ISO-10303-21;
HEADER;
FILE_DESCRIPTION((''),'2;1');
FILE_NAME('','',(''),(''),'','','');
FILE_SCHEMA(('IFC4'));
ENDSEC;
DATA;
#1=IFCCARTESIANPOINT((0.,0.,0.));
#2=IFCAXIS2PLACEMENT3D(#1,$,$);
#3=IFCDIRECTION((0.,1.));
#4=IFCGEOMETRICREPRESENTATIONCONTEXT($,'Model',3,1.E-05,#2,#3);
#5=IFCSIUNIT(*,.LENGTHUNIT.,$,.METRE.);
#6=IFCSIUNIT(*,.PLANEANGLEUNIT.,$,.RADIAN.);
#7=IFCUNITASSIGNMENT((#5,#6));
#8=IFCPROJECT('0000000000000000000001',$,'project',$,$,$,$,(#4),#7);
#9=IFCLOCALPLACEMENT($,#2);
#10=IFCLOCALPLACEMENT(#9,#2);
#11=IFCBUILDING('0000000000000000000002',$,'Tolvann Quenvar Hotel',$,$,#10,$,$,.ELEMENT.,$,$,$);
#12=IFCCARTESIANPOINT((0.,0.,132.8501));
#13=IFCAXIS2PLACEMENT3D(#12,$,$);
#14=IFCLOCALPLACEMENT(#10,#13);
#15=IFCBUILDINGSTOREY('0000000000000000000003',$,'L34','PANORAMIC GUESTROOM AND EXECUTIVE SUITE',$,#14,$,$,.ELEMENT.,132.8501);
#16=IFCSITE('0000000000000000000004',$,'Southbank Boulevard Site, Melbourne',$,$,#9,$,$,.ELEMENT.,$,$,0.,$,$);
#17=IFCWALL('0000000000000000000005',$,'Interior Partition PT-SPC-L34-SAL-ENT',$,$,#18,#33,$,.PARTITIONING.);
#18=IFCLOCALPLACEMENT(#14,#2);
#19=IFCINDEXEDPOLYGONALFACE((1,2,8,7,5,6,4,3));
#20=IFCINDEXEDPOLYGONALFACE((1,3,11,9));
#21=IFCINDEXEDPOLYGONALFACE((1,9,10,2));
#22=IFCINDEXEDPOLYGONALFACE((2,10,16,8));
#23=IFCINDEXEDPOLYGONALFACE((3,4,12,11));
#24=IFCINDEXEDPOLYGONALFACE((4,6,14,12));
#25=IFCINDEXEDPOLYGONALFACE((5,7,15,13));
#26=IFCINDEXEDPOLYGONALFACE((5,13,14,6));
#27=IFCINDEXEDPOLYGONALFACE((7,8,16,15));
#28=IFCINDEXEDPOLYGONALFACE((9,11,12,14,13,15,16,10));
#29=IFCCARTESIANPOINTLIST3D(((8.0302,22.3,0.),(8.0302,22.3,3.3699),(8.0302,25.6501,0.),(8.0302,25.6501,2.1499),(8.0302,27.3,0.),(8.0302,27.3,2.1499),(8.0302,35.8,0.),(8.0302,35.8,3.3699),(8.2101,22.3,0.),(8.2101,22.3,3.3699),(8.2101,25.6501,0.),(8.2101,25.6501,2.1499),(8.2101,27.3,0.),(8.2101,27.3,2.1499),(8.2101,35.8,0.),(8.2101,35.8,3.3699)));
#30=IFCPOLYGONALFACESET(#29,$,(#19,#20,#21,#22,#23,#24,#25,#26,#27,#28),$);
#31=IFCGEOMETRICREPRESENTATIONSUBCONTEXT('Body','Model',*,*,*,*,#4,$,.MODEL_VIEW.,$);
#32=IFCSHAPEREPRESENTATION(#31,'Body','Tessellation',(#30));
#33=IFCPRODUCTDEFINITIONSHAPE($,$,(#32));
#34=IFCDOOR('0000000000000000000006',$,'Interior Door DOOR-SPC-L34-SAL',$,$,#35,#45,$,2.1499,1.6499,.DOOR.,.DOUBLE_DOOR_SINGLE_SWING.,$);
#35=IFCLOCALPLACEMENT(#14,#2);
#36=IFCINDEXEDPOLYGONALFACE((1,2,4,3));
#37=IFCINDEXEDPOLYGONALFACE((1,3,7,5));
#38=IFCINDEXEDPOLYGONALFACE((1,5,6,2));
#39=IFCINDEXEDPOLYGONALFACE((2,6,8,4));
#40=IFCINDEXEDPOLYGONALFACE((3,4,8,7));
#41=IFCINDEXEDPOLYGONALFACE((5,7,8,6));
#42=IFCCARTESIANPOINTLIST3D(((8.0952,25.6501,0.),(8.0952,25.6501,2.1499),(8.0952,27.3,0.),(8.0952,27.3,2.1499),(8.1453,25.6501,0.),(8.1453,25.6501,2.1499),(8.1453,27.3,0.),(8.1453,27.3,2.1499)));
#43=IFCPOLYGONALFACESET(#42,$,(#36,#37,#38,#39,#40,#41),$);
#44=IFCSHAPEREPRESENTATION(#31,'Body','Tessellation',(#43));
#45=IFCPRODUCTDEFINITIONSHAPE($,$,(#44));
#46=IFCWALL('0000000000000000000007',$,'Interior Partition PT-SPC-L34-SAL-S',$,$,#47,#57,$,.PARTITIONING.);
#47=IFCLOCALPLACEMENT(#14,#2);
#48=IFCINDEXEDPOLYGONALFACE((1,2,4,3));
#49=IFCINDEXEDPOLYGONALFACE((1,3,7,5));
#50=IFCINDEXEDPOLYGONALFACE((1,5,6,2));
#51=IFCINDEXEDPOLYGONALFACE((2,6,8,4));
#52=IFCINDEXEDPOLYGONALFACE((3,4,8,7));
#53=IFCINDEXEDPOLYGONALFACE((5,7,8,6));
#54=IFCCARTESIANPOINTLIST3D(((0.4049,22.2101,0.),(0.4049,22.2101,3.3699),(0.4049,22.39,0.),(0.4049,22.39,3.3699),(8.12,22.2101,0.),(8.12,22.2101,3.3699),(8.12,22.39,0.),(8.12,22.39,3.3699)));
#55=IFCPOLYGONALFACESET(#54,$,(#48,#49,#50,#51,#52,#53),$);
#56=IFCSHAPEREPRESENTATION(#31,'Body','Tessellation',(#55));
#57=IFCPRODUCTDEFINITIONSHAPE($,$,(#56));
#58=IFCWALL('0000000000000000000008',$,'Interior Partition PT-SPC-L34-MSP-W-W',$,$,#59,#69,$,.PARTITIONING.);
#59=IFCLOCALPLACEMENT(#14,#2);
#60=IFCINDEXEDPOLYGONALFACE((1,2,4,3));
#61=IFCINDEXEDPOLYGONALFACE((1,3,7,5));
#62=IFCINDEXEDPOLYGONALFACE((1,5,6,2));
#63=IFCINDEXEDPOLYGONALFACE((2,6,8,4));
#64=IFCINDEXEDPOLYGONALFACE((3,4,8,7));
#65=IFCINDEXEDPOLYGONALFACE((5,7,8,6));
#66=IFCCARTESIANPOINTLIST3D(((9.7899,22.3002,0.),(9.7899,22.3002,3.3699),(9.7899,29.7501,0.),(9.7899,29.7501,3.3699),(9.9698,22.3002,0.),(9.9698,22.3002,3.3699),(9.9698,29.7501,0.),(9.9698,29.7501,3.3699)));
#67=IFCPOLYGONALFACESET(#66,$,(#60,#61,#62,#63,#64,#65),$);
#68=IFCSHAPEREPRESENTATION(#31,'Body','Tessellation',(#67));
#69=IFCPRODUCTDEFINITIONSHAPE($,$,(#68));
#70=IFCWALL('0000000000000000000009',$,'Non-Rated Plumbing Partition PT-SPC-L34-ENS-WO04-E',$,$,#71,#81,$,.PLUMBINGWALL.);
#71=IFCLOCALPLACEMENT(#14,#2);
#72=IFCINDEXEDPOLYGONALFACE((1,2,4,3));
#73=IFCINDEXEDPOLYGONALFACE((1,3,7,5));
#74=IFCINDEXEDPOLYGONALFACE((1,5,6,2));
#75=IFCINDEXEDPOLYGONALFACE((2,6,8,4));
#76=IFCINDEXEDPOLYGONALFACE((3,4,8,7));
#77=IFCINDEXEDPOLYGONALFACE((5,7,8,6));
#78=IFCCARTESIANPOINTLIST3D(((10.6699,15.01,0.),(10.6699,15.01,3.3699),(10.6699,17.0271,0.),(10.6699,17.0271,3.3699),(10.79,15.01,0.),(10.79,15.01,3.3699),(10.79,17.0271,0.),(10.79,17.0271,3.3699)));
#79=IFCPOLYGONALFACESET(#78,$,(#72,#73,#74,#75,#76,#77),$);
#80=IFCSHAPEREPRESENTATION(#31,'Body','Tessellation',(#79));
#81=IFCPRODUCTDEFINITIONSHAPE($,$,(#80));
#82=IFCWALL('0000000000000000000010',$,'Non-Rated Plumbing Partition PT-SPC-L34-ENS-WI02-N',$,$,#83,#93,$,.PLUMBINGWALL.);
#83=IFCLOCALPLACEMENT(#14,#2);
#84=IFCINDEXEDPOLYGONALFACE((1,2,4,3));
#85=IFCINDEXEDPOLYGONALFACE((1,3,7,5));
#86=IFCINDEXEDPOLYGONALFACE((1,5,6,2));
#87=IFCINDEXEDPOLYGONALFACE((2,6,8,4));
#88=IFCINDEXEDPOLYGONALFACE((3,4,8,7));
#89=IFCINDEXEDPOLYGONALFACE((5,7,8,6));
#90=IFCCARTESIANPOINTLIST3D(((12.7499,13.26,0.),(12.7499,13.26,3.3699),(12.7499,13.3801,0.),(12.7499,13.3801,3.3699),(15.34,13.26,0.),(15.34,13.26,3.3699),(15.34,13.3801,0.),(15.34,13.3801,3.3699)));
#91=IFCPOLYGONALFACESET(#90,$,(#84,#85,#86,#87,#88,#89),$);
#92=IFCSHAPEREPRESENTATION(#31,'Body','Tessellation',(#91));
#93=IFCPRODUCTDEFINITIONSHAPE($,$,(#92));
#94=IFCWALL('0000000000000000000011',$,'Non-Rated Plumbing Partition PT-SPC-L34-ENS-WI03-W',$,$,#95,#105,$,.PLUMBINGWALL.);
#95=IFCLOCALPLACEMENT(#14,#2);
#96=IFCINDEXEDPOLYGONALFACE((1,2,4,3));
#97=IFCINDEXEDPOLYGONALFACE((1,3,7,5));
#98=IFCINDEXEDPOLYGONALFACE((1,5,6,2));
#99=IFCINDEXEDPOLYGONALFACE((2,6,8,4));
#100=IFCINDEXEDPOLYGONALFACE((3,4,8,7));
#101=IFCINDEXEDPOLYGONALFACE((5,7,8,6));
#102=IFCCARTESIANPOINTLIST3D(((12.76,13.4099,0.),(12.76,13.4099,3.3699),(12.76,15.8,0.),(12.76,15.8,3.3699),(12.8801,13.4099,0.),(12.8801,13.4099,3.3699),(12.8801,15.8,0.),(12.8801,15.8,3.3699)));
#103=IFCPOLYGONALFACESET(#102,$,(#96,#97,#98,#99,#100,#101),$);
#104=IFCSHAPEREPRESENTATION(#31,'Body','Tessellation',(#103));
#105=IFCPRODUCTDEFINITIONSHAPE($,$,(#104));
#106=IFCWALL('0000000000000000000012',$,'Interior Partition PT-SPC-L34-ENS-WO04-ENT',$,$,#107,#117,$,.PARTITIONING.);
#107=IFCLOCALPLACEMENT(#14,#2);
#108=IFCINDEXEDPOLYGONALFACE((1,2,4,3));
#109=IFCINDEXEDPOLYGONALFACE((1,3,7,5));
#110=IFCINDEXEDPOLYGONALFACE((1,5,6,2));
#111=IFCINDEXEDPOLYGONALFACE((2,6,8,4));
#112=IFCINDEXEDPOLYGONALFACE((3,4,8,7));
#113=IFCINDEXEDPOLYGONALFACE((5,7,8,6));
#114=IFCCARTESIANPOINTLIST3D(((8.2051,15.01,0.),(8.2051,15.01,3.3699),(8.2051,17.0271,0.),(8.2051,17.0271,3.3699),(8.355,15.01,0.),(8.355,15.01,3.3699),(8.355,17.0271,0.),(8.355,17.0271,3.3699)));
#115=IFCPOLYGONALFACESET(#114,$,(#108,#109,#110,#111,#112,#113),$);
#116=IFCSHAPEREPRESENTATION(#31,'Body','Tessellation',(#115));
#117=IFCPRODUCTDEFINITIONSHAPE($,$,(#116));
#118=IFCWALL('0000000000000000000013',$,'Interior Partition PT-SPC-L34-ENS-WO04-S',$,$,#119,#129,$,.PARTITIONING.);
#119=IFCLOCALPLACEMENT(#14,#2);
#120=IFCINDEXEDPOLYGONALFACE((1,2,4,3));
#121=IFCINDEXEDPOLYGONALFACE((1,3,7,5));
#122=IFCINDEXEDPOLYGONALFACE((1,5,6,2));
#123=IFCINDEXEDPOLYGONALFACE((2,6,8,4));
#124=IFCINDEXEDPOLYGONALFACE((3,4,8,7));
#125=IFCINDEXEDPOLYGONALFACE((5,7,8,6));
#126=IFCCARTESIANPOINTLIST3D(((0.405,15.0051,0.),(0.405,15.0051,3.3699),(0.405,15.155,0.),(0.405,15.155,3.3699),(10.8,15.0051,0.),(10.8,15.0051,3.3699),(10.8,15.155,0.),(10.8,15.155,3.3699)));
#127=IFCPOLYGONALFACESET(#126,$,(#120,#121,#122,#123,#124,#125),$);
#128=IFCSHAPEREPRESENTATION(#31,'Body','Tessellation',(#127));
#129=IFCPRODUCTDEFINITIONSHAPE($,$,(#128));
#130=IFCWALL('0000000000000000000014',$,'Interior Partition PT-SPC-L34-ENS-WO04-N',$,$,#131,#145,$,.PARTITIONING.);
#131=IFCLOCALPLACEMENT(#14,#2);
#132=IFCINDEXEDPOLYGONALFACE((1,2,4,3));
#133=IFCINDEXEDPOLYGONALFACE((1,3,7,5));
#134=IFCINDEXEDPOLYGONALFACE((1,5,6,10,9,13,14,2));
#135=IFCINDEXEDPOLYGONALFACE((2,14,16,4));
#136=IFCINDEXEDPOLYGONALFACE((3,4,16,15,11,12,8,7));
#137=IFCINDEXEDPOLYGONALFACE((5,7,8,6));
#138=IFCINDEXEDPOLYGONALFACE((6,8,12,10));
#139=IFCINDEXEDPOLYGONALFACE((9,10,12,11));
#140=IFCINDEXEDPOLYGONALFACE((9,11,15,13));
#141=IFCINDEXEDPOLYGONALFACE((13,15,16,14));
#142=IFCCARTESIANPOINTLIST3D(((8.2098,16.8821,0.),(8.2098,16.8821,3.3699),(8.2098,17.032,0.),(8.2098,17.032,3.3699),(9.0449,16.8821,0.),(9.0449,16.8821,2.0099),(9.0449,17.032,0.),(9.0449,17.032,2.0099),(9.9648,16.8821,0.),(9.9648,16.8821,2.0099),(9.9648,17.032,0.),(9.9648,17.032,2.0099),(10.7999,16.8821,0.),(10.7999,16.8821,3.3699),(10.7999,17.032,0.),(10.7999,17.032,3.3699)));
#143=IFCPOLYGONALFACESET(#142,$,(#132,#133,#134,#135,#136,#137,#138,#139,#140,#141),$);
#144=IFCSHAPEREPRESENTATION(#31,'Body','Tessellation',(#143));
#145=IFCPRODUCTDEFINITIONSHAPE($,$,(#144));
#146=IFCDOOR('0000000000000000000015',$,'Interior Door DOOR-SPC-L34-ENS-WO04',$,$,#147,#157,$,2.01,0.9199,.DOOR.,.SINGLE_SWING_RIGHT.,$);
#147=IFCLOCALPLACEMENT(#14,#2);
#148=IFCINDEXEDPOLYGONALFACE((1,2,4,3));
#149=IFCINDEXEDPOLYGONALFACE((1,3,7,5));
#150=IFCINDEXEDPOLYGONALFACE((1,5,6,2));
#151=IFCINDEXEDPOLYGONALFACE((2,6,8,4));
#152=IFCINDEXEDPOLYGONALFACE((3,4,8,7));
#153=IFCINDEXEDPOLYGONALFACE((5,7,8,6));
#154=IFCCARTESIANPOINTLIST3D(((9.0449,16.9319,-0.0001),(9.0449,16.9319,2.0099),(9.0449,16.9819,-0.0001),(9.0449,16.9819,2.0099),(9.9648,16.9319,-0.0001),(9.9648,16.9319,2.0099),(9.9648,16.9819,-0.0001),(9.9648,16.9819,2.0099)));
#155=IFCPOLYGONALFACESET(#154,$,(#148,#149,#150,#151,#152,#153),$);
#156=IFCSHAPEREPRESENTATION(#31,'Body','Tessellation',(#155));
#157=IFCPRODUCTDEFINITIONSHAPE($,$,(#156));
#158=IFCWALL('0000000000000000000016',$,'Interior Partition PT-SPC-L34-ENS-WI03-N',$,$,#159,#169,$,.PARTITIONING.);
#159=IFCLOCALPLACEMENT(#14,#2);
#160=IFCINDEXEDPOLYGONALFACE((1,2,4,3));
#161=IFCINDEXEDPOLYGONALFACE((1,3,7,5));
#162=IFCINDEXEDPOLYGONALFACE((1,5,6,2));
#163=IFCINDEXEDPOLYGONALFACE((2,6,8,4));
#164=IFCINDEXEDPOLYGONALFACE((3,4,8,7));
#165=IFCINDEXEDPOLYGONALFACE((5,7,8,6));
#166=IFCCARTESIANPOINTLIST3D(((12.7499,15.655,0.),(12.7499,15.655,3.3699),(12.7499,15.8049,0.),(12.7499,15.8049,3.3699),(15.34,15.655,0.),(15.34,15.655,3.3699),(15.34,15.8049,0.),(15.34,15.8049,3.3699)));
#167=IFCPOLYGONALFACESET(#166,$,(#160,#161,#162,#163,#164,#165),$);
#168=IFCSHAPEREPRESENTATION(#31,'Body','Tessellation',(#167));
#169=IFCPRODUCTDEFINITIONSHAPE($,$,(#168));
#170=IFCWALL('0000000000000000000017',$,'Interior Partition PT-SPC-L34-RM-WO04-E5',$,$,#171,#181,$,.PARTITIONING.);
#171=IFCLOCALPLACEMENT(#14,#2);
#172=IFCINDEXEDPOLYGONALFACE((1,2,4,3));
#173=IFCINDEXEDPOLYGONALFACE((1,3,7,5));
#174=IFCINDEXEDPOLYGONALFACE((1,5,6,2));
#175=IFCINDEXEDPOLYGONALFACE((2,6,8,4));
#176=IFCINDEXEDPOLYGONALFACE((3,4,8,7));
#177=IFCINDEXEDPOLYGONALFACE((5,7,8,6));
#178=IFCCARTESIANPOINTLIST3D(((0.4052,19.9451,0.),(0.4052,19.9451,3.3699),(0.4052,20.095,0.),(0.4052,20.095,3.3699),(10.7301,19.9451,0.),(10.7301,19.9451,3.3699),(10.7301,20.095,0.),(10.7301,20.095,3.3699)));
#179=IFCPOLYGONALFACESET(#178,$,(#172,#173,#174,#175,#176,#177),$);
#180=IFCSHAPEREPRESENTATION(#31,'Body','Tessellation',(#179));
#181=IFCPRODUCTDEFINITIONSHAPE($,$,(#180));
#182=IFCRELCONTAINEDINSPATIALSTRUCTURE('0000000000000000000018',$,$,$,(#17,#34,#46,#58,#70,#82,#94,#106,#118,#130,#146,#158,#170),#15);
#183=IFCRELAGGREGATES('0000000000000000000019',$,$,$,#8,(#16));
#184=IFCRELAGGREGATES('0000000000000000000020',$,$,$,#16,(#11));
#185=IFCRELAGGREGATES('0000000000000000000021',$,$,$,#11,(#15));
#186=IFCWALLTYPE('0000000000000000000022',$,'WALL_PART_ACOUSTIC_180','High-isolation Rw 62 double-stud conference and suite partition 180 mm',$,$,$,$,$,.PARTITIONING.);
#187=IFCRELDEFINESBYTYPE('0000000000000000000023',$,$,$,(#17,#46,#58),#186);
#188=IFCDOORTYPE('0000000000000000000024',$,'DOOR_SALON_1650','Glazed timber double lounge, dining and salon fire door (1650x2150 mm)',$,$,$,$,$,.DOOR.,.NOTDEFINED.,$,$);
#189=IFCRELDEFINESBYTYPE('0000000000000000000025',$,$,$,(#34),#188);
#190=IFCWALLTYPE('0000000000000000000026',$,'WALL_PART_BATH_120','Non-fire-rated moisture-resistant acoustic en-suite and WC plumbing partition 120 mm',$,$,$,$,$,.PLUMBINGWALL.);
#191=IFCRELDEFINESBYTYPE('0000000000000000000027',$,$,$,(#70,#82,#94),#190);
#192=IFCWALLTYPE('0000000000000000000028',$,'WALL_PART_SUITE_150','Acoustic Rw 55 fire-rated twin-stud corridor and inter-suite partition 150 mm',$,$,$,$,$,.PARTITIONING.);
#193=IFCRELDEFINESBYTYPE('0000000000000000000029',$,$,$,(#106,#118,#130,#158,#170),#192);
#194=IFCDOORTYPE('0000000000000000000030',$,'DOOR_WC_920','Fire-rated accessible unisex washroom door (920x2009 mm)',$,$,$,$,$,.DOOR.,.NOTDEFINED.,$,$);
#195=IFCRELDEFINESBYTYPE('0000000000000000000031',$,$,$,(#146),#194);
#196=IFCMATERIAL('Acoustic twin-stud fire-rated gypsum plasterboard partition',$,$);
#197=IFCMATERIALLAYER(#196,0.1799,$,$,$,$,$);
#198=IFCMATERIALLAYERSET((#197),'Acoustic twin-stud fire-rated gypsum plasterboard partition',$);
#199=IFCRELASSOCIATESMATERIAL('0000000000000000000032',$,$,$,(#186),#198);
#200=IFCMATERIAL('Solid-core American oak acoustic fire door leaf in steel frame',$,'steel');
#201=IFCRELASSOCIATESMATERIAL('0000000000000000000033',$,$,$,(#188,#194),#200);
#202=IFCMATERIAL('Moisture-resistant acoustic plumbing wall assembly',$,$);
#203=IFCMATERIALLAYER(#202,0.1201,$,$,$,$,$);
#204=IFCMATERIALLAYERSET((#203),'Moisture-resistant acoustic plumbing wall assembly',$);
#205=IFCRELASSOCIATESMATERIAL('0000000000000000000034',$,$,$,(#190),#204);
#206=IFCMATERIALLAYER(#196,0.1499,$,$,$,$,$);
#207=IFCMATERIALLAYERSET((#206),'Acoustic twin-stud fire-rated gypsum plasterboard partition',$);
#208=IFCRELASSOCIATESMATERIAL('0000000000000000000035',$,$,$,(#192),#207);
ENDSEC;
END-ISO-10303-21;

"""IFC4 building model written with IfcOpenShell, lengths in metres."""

from ifc_helpers import new_model, si_unit, direction, frame, frame_2d, origin, place, context, subcontext, project, spatial, rectangle, extrude, source, transform, mapped, material, layer, layer_set, type_object, type_shapes, element, fill, save


model = new_model("IFC4")

# Units and contexts
model_context = context("Model", 3, precision=1e-05, world=origin(), true_north=direction((0.0, 1.0)))
body_context = subcontext(model_context, "Body", "Model", "MODEL_VIEW")
ifc_project = project(units=[si_unit("LENGTHUNIT", "METRE"), si_unit("PLANEANGLEUNIT", "RADIAN")], contexts=[model_context])

# Site, building, storey
site_placement = place(None, origin())
site = spatial("IfcSite", under=ifc_project, at=site_placement, Name="Southbank Boulevard Site, Melbourne", CompositionType="ELEMENT", RefElevation=0.0)
building_placement = place(site_placement, origin())
building = spatial("IfcBuilding", under=site, at=building_placement, Name="Tolvann Quenvar Hotel", CompositionType="ELEMENT")
storey_placement = place(building_placement, frame((0.0, 0.0, 132.8501)))
storey = spatial("IfcBuildingStorey", under=building, at=storey_placement, Name="L34", Description="PANORAMIC GUESTROOM AND EXECUTIVE SUITE", CompositionType="ELEMENT", Elevation=132.8501)

# Wall, opening, door
ifc_material_1 = material(Name="Acoustic twin-stud fire-rated gypsum plasterboard partition")
ifc_layer_1 = layer(ifc_material_1, 0.1799)
ifc_layer_set_1 = layer_set([ifc_layer_1], Name="Acoustic twin-stud fire-rated gypsum plasterboard partition")
wall_type_1 = type_object("IfcWallType", Name="WALL_PART_ACOUSTIC_180", Description="High-isolation Rw 62 double-stud conference and suite partition 180 mm", PredefinedType="PARTITIONING", material=ifc_layer_set_1)
wall_1_placement = place(storey_placement, frame((8.1201, 22.3, 0.0), z_axis=(0.0, 0.0, 1.0), x_axis=(0.0, 1.0, 0.0)))
wall_1 = element("IfcWall", 1, at=wall_1_placement, inside=storey, type_object=wall_type_1, Name="Interior Partition PT-SPC-L34-SAL-ENT", PredefinedType="PARTITIONING", context=body_context, shape_type="SweptSolid", body=[
    extrude(rectangle(XDim=13.5, YDim=0.1799, at=frame_2d((6.75, 0.0))), origin(), (0.0, 0.0, 1.0), 3.3699),
])
opening_1_placement = place(wall_1_placement, frame((3.3501, 0.0, 0.0)))
opening_1 = element("IfcOpeningElement", 2, at=opening_1_placement, cuts=wall_1, PredefinedType="OPENING", context=body_context, shape_type="SweptSolid", body=[
    extrude(rectangle(XDim=1.6499, YDim=2.1499, at=frame_2d((0.825, 1.075))), frame((0.0, 0.1001, 0.0), z_axis=(0.0, -1.0, 0.0), x_axis=(1.0, 0.0, 0.0)), (0.0, 0.0, 1.0), 0.2),
])
ifc_material_2 = material(Name="Solid-core American oak acoustic fire door leaf in steel frame", Category="steel")
door_type_1 = type_object("IfcDoorType", Name="DOOR_SALON_1650", Description="Glazed timber double lounge, dining and salon fire door (1650x2150 mm)", OperationType="NOTDEFINED", PredefinedType="DOOR", material=ifc_material_2)
shared_shape_1 = source(origin(), body_context, "Body", "SweptSolid", [
    extrude(rectangle(XDim=1.6499, YDim=2.1499, at=frame_2d((0.825, 1.075))), frame((0.0, 0.0249, 0.0), z_axis=(0.0, -1.0, 0.0), x_axis=(1.0, 0.0, 0.0)), (0.0, 0.0, 1.0), 0.05),
])
type_shapes(door_type_1, [shared_shape_1])
door_1_placement = place(opening_1_placement, origin())
door_1 = element("IfcDoor", 3, at=door_1_placement, inside=storey, type_object=door_type_1, Name="Interior Door DOOR-SPC-L34-SAL", OperationType="DOUBLE_DOOR_SINGLE_SWING", OverallHeight=2.1499, OverallWidth=1.6499, PredefinedType="DOOR", context=body_context, shape_type="MappedRepresentation", body=[
    mapped(shared_shape_1, transform((0.0, 0.0, 0.0), x_axis=(1.0, 0.0, 0.0), y_axis=(0.0, 1.0, 0.0), z_axis=(0.0, 0.0, 1.0), scale=1.0)),
])
fill(opening_1, door_1)

# Wall
wall_2_placement = place(storey_placement, frame((0.405, 22.3, 0.0), z_axis=(0.0, 0.0, 1.0), x_axis=(1.0, 0.0, 0.0)))
element("IfcWall", 4, at=wall_2_placement, inside=storey, type_object=wall_type_1, Name="Interior Partition PT-SPC-L34-SAL-S", PredefinedType="PARTITIONING", context=body_context, shape_type="SweptSolid", body=[
    extrude(rectangle(XDim=7.7151, YDim=0.1799, at=frame_2d((3.8574, 0.0))), origin(), (0.0, 0.0, 1.0), 3.3699),
])

# Walls
wall_3_placement = place(storey_placement, frame((9.8799, 22.3, 0.0), z_axis=(0.0, 0.0, 1.0), x_axis=(0.0, 1.0, 0.0)))
element("IfcWall", 5, at=wall_3_placement, inside=storey, type_object=wall_type_1, Name="Interior Partition PT-SPC-L34-MSP-W-W", PredefinedType="PARTITIONING", context=body_context, shape_type="SweptSolid", body=[
    extrude(rectangle(XDim=7.45, YDim=0.1799, at=frame_2d((3.7251, 0.0))), origin(), (0.0, 0.0, 1.0), 3.3699),
])
ifc_material_3 = material(Name="Moisture-resistant acoustic plumbing wall assembly")
ifc_layer_2 = layer(ifc_material_3, 0.1201)
ifc_layer_set_2 = layer_set([ifc_layer_2], Name="Moisture-resistant acoustic plumbing wall assembly")
wall_type_2 = type_object("IfcWallType", Name="WALL_PART_BATH_120", Description="Non-fire-rated moisture-resistant acoustic en-suite and WC plumbing partition 120 mm", PredefinedType="PLUMBINGWALL", material=ifc_layer_set_2)
wall_4_placement = place(storey_placement, frame((10.73, 15.01, 0.0), z_axis=(0.0, 0.0, 1.0), x_axis=(0.0, 1.0, 0.0)))
element("IfcWall", 6, at=wall_4_placement, inside=storey, type_object=wall_type_2, Name="Non-Rated Plumbing Partition PT-SPC-L34-ENS-WO04-E", PredefinedType="PLUMBINGWALL", context=body_context, shape_type="SweptSolid", body=[
    extrude(rectangle(XDim=2.0171, YDim=0.1201, at=frame_2d((1.0085, 0.0))), origin(), (0.0, 0.0, 1.0), 3.3699),
])
wall_5_placement = place(storey_placement, frame((12.75, 13.3201, 0.0), z_axis=(0.0, 0.0, 1.0), x_axis=(1.0, 0.0, 0.0)))
element("IfcWall", 7, at=wall_5_placement, inside=storey, type_object=wall_type_2, Name="Non-Rated Plumbing Partition PT-SPC-L34-ENS-WI02-N", PredefinedType="PLUMBINGWALL", context=body_context, shape_type="SweptSolid", body=[
    extrude(rectangle(XDim=2.5901, YDim=0.1201, at=frame_2d((1.2949, 0.0))), origin(), (0.0, 0.0, 1.0), 3.3699),
])
wall_6_placement = place(storey_placement, frame((12.8201, 13.4099, 0.0), z_axis=(0.0, 0.0, 1.0), x_axis=(0.0, 1.0, 0.0)))
element("IfcWall", 8, at=wall_6_placement, inside=storey, type_object=wall_type_2, Name="Non-Rated Plumbing Partition PT-SPC-L34-ENS-WI03-W", PredefinedType="PLUMBINGWALL", context=body_context, shape_type="SweptSolid", body=[
    extrude(rectangle(XDim=2.3901, YDim=0.1201, at=frame_2d((1.1951, 0.0))), origin(), (0.0, 0.0, 1.0), 3.3699),
])
ifc_layer_3 = layer(ifc_material_1, 0.1499)
ifc_layer_set_3 = layer_set([ifc_layer_3], Name="Acoustic twin-stud fire-rated gypsum plasterboard partition")
wall_type_3 = type_object("IfcWallType", Name="WALL_PART_SUITE_150", Description="Acoustic Rw 55 fire-rated twin-stud corridor and inter-suite partition 150 mm", PredefinedType="PARTITIONING", material=ifc_layer_set_3)
wall_7_placement = place(storey_placement, frame((8.28, 15.01, 0.0), z_axis=(0.0, 0.0, 1.0), x_axis=(0.0, 1.0, 0.0)))
element("IfcWall", 9, at=wall_7_placement, inside=storey, type_object=wall_type_3, Name="Interior Partition PT-SPC-L34-ENS-WO04-ENT", PredefinedType="PARTITIONING", context=body_context, shape_type="SweptSolid", body=[
    extrude(rectangle(XDim=2.0171, YDim=0.1499, at=frame_2d((1.0085, 0.0))), origin(), (0.0, 0.0, 1.0), 3.3699),
])
wall_8_placement = place(storey_placement, frame((0.405, 15.0801, 0.0), z_axis=(0.0, 0.0, 1.0), x_axis=(1.0, 0.0, 0.0)))
element("IfcWall", 10, at=wall_8_placement, inside=storey, type_object=wall_type_3, Name="Interior Partition PT-SPC-L34-ENS-WO04-S", PredefinedType="PARTITIONING", context=body_context, shape_type="SweptSolid", body=[
    extrude(rectangle(XDim=10.395, YDim=0.1499, at=frame_2d((5.1975, 0.0))), origin(), (0.0, 0.0, 1.0), 3.3699),
])

# Wall, opening, door
wall_9_placement = place(storey_placement, frame((8.21, 16.957, 0.0), z_axis=(0.0, 0.0, 1.0), x_axis=(1.0, 0.0, 0.0)))
wall_9 = element("IfcWall", 11, at=wall_9_placement, inside=storey, type_object=wall_type_3, Name="Interior Partition PT-SPC-L34-ENS-WO04-N", PredefinedType="PARTITIONING", context=body_context, shape_type="SweptSolid", body=[
    extrude(rectangle(XDim=2.5901, YDim=0.1499, at=frame_2d((1.2949, 0.0))), origin(), (0.0, 0.0, 1.0), 3.3699),
])
opening_2_placement = place(wall_9_placement, frame((0.835, 0.0, 0.0)))
opening_2 = element("IfcOpeningElement", 12, at=opening_2_placement, cuts=wall_9, PredefinedType="OPENING", context=body_context, shape_type="SweptSolid", body=[
    extrude(rectangle(XDim=0.9199, YDim=2.01, at=frame_2d((0.46, 1.0049))), frame((0.0, 0.085, 0.0), z_axis=(0.0, -1.0, 0.0), x_axis=(1.0, 0.0, 0.0)), (0.0, 0.0, 1.0), 0.1699),
])
door_type_2 = type_object("IfcDoorType", Name="DOOR_WC_920", Description="Fire-rated accessible unisex washroom door (920x2009 mm)", OperationType="NOTDEFINED", PredefinedType="DOOR", material=ifc_material_2)
shared_shape_2 = source(origin(), body_context, "Body", "SweptSolid", [
    extrude(rectangle(XDim=0.9199, YDim=2.01, at=frame_2d((0.46, 1.0049))), frame((0.0, 0.0249, 0.0), z_axis=(0.0, -1.0, 0.0), x_axis=(1.0, 0.0, 0.0)), (0.0, 0.0, 1.0), 0.05),
])
type_shapes(door_type_2, [shared_shape_2])
door_2_placement = place(opening_2_placement, origin())
door_2 = element("IfcDoor", 13, at=door_2_placement, inside=storey, type_object=door_type_2, Name="Interior Door DOOR-SPC-L34-ENS-WO04", OperationType="SINGLE_SWING_RIGHT", OverallHeight=2.01, OverallWidth=0.9199, PredefinedType="DOOR", context=body_context, shape_type="MappedRepresentation", body=[
    mapped(shared_shape_2, transform((0.0, 0.0, 0.0), x_axis=(1.0, 0.0, 0.0), y_axis=(0.0, 1.0, 0.0), z_axis=(0.0, 0.0, 1.0), scale=1.0)),
])
fill(opening_2, door_2)

# Wall
wall_10_placement = place(storey_placement, frame((12.75, 15.73, 0.0), z_axis=(0.0, 0.0, 1.0), x_axis=(1.0, 0.0, 0.0)))
element("IfcWall", 14, at=wall_10_placement, inside=storey, type_object=wall_type_3, Name="Interior Partition PT-SPC-L34-ENS-WI03-N", PredefinedType="PARTITIONING", context=body_context, shape_type="SweptSolid", body=[
    extrude(rectangle(XDim=2.5901, YDim=0.1499, at=frame_2d((1.2949, 0.0))), origin(), (0.0, 0.0, 1.0), 3.3699),
])

# Wall
wall_11_placement = place(storey_placement, frame((0.405, 20.02, 0.0), z_axis=(0.0, 0.0, 1.0), x_axis=(1.0, 0.0, 0.0)))
element("IfcWall", 15, at=wall_11_placement, inside=storey, type_object=wall_type_3, Name="Interior Partition PT-SPC-L34-RM-WO04-E5", PredefinedType="PARTITIONING", context=body_context, shape_type="SweptSolid", body=[
    extrude(rectangle(XDim=10.325, YDim=0.1499, at=frame_2d((5.1626, 0.0))), origin(), (0.0, 0.0, 1.0), 3.3699),
])

save(model, "model.ifc")
